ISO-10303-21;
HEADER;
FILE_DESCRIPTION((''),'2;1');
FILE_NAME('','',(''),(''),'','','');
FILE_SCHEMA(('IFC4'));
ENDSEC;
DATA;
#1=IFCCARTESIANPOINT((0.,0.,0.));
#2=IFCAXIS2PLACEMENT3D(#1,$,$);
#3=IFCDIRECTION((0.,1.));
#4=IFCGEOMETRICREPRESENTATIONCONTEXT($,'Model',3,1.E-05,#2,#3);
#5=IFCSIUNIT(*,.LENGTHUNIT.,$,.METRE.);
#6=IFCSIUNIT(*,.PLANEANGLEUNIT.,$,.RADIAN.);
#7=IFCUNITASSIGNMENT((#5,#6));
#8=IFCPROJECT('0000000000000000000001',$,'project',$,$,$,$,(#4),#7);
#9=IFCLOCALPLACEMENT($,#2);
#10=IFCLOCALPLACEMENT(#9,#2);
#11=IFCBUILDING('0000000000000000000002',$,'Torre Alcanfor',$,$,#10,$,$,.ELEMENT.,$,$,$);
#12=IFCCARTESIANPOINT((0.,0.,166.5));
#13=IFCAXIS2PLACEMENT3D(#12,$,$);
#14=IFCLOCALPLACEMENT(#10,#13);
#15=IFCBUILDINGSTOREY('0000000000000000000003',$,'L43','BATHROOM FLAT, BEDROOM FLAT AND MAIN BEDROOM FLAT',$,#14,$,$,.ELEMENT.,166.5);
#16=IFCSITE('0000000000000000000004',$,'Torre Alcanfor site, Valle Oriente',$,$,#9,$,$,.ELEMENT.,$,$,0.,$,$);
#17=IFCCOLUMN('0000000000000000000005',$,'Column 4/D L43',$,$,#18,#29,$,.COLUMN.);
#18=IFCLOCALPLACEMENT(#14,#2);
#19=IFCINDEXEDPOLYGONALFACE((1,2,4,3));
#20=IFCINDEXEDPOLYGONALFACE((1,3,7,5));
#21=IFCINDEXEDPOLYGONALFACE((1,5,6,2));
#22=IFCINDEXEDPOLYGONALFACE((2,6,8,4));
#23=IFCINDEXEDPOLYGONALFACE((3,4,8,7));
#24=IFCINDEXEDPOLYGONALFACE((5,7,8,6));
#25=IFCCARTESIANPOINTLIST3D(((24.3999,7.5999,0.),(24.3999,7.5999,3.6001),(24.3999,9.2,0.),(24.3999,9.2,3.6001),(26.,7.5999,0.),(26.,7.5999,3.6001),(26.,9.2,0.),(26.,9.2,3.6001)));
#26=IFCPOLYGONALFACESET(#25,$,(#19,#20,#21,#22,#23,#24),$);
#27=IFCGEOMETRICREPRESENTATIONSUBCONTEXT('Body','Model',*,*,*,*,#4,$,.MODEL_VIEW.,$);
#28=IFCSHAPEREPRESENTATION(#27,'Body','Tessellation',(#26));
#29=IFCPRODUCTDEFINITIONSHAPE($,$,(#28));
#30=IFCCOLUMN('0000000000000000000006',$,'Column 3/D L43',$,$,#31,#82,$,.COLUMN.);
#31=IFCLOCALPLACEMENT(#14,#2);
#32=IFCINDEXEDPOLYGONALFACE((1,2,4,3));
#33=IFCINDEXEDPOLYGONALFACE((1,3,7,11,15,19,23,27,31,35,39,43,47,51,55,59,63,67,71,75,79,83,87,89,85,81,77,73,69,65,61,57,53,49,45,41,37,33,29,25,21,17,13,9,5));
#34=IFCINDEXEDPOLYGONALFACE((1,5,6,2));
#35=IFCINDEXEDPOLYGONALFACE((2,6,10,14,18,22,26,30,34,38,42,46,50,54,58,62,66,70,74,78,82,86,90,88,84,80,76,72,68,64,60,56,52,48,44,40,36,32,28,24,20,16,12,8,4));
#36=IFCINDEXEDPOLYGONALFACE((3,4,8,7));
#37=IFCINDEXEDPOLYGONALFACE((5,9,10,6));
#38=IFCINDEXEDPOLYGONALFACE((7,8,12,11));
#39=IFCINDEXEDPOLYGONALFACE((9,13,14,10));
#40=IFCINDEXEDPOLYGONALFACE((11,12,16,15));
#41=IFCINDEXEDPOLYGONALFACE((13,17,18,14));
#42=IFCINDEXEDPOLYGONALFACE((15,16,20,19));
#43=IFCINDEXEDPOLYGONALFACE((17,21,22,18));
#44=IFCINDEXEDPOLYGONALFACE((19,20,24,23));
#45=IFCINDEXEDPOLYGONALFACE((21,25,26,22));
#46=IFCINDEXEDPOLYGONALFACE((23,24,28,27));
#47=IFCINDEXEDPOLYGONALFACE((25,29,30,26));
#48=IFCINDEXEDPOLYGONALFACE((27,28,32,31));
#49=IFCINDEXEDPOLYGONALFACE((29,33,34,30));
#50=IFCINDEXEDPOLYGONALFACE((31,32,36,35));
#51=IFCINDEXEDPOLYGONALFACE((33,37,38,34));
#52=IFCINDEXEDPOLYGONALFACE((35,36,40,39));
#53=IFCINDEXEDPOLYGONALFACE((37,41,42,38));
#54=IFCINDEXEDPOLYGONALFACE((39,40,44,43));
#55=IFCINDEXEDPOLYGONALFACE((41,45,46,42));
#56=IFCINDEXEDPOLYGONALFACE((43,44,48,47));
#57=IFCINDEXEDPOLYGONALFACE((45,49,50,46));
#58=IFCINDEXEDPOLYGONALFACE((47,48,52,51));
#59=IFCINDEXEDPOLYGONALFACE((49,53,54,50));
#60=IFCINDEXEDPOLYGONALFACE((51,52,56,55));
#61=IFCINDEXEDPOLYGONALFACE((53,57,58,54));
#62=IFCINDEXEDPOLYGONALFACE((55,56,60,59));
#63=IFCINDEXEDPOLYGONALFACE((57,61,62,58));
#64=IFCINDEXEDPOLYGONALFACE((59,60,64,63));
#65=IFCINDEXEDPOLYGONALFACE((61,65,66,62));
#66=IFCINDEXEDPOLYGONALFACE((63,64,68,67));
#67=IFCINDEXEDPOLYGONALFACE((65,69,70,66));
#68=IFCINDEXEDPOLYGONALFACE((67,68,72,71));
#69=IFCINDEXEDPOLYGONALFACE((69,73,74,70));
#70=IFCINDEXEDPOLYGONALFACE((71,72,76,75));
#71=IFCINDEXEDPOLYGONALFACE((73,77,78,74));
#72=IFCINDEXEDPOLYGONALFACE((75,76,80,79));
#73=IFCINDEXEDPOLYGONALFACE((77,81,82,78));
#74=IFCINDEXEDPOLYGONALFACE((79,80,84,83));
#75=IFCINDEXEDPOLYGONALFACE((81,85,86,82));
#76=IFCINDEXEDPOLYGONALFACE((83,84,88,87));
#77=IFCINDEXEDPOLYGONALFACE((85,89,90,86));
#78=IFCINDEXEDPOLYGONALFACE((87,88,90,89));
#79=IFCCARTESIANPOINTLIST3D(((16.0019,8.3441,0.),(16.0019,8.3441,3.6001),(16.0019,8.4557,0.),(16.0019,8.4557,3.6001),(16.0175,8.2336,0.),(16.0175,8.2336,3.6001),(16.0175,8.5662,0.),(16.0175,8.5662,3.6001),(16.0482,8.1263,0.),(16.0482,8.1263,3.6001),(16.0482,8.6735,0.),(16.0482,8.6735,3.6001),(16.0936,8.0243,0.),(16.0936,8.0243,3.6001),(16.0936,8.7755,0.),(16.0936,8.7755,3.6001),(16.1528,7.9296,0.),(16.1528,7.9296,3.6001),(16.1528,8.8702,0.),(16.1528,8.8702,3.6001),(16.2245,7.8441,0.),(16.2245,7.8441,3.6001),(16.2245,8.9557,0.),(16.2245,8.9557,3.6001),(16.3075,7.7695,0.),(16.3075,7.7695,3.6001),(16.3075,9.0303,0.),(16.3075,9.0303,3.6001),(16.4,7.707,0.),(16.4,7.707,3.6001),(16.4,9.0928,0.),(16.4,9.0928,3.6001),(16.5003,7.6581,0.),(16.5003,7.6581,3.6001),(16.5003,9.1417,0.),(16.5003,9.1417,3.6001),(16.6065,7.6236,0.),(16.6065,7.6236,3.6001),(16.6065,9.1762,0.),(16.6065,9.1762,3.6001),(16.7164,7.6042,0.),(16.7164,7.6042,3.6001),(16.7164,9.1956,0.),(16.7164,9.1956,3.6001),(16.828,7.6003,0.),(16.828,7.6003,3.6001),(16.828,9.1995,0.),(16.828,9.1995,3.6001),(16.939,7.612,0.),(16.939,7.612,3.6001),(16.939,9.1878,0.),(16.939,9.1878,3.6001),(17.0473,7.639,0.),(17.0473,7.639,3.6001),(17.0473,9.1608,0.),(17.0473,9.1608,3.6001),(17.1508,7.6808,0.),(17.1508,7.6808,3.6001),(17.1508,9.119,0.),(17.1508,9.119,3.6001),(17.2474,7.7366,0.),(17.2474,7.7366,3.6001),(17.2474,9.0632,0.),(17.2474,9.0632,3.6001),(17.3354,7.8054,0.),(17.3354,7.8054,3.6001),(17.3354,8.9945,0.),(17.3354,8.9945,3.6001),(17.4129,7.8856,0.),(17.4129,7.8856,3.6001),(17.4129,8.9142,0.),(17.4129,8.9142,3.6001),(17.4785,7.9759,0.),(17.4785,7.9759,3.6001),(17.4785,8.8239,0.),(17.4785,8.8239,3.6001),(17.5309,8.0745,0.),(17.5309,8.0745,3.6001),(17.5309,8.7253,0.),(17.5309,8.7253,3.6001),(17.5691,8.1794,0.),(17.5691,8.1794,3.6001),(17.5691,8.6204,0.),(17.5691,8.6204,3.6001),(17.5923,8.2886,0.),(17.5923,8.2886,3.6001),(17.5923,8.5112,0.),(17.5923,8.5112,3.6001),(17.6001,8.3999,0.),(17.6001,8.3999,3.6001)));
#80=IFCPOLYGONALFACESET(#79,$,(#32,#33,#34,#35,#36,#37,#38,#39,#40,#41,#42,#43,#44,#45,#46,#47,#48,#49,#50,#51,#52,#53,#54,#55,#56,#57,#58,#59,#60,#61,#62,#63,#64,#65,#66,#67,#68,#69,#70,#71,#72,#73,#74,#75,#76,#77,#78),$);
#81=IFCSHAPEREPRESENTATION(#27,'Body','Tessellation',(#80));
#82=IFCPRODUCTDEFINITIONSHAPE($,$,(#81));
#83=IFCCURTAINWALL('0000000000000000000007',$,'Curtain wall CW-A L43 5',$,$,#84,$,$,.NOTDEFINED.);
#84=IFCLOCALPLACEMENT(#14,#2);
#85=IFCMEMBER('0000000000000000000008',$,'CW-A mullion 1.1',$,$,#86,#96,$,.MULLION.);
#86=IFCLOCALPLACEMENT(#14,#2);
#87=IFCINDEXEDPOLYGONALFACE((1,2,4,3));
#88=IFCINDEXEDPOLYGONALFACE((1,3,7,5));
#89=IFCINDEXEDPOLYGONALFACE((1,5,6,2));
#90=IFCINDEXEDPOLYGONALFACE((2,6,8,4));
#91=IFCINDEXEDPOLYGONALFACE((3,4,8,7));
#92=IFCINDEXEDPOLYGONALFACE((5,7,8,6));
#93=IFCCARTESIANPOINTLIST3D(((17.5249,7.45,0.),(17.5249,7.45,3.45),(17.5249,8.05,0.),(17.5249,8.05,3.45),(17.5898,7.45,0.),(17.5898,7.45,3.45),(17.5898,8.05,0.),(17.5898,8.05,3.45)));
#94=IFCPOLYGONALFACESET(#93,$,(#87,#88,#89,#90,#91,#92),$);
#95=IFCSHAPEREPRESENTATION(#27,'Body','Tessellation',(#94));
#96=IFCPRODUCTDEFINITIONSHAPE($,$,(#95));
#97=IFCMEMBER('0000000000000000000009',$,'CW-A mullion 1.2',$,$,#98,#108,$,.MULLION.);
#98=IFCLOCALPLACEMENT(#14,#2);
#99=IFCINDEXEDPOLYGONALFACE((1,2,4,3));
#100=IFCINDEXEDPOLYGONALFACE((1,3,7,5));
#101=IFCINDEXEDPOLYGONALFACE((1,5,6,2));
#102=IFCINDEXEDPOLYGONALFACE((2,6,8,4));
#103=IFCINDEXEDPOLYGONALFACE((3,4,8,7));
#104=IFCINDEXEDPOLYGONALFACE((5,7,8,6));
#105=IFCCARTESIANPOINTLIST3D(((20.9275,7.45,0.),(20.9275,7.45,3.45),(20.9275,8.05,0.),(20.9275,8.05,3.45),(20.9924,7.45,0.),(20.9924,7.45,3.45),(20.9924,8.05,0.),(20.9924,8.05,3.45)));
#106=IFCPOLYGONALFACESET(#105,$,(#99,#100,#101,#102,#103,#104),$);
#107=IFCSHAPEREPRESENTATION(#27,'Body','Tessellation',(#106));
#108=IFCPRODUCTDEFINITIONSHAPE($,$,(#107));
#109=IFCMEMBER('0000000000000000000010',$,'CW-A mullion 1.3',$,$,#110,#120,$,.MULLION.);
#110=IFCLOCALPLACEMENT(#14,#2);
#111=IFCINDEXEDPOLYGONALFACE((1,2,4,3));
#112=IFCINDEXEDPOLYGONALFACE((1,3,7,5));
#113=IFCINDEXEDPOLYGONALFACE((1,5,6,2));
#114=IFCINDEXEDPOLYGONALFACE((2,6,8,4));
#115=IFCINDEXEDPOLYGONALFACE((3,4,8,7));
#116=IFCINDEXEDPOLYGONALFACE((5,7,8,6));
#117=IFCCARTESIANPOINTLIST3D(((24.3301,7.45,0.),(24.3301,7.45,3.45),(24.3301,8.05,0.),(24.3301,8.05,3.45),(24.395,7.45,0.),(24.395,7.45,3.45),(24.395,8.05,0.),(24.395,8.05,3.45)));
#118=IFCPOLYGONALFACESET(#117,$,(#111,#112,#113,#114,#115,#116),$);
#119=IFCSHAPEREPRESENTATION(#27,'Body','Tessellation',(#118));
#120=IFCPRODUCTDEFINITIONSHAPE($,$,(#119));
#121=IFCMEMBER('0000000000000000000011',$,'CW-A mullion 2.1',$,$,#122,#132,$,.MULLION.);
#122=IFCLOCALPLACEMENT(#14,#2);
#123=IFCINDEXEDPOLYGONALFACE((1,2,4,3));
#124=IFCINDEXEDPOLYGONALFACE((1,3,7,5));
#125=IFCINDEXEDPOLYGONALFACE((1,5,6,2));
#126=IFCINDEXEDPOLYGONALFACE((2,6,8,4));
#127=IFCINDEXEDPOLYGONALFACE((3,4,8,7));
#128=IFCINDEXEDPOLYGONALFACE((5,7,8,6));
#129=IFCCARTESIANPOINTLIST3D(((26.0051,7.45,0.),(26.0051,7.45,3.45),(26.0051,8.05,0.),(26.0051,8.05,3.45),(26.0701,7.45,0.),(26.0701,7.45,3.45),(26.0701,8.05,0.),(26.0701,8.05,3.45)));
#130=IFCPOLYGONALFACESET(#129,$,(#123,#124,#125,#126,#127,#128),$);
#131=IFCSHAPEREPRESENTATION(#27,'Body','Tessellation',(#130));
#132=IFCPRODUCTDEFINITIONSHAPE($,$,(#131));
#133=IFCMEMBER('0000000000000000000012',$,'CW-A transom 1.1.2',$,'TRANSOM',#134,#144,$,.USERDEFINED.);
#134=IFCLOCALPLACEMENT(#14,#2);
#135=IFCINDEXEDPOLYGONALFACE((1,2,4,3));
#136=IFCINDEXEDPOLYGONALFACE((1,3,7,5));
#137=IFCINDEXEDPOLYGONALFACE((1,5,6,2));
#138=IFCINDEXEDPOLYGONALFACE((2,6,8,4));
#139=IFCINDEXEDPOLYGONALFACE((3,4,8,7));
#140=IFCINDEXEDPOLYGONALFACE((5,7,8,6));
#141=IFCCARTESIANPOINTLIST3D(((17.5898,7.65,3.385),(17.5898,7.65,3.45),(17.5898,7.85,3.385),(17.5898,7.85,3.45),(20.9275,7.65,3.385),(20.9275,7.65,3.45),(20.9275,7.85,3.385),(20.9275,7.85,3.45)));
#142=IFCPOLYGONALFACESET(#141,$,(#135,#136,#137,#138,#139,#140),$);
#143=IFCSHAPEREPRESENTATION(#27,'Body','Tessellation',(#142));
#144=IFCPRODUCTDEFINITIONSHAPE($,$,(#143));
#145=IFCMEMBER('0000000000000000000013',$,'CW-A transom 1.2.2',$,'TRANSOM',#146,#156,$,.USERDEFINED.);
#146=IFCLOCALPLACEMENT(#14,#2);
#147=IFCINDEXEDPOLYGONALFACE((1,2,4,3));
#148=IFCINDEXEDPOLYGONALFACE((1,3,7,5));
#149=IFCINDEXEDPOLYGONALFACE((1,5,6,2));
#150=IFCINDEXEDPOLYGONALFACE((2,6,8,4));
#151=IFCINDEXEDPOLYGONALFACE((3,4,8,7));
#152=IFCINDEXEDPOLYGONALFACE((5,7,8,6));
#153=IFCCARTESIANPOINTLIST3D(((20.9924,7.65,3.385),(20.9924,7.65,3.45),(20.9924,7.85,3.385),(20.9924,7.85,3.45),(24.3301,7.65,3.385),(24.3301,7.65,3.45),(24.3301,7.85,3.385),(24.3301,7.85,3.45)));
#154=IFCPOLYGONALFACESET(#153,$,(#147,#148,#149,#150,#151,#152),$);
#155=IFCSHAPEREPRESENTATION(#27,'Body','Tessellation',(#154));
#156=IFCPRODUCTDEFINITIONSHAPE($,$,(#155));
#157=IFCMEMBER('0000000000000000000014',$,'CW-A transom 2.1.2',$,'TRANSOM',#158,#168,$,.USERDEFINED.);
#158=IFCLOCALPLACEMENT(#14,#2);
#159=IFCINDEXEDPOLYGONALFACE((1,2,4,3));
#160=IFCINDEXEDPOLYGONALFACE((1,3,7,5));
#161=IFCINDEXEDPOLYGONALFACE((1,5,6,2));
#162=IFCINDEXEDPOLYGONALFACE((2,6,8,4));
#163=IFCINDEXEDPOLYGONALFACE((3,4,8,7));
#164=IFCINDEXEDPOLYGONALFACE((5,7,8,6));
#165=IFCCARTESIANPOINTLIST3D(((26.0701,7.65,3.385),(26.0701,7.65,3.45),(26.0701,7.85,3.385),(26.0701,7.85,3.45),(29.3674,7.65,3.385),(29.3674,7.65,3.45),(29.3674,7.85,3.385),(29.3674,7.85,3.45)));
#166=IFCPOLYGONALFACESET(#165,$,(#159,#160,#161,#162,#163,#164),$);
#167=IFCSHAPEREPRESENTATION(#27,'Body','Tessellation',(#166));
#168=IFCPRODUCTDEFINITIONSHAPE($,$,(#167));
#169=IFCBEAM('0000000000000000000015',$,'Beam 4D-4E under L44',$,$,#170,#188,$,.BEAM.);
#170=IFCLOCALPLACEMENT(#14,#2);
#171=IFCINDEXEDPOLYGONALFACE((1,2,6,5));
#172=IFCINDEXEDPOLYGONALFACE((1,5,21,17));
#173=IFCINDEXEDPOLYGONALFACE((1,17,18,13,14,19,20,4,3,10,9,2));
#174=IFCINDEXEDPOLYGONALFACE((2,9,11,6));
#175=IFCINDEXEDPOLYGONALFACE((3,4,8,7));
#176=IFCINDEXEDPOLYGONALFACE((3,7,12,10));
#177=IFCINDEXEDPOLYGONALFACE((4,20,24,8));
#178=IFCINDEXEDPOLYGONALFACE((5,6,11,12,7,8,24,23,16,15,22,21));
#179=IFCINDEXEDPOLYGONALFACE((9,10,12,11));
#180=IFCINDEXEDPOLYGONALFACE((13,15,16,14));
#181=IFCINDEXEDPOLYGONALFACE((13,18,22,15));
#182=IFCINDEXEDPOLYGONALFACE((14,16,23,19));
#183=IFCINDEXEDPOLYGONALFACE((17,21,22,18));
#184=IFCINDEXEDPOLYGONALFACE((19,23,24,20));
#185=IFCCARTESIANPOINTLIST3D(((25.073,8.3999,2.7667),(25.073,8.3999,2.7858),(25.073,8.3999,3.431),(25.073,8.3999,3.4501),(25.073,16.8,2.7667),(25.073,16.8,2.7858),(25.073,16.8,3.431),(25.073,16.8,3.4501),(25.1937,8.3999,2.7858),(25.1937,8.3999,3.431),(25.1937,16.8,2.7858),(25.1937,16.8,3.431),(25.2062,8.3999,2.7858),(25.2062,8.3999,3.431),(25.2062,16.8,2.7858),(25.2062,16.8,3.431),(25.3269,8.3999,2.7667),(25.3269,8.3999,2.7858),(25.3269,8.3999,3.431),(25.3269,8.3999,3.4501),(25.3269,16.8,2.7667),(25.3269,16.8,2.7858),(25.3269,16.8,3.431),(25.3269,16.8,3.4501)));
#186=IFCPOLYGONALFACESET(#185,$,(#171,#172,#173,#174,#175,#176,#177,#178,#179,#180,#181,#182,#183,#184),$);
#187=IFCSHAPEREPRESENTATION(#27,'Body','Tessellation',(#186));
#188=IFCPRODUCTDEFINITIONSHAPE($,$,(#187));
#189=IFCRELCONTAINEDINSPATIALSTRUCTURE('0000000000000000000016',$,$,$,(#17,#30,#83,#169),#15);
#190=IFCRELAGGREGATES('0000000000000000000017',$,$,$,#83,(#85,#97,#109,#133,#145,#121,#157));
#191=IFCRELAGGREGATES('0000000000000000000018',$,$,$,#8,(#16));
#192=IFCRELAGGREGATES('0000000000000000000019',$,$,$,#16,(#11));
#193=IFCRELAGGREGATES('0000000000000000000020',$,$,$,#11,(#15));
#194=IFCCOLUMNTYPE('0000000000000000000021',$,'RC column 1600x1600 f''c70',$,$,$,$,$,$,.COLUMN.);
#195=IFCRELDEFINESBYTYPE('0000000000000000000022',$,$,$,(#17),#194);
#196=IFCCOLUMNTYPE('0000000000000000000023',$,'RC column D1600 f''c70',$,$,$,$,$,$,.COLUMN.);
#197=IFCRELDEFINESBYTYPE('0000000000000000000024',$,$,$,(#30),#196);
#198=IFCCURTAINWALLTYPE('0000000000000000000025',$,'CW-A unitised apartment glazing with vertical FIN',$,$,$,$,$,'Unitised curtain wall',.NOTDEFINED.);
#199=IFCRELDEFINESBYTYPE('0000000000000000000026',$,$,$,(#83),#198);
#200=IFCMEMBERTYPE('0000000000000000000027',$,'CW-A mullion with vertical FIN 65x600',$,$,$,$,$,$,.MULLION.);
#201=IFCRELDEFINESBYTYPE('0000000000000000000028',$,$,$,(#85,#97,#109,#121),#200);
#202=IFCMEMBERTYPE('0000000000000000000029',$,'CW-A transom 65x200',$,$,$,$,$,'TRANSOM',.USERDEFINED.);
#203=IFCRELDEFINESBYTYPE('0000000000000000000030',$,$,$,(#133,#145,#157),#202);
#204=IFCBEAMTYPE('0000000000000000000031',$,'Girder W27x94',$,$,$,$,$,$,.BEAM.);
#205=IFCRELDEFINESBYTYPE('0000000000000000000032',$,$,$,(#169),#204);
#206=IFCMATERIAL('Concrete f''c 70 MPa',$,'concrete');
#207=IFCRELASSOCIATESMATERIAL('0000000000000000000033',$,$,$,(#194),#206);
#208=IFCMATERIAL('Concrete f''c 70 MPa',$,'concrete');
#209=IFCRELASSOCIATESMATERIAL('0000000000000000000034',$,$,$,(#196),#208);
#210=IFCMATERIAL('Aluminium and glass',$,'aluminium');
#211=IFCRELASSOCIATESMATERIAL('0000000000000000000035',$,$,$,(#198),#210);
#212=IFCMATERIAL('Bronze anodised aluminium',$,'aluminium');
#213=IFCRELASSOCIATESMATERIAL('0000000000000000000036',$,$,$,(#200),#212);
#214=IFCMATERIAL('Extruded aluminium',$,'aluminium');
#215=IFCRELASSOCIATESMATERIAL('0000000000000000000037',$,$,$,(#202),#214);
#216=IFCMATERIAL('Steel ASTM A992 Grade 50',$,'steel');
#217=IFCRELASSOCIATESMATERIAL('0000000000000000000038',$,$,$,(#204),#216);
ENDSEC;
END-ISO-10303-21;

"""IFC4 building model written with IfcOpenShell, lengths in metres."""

from ifc_helpers import new_model, si_unit, direction, frame, origin, origin_2d, place, context, subcontext, project, spatial, rectangle, circle, i_section, extrude, material, material_profile, profile_set, type_object, element, aggregate, save


model = new_model("IFC4")

# Units and contexts
model_context = context("Model", 3, precision=1e-05, world=origin(), true_north=direction((0.0, 1.0)))
body_context = subcontext(model_context, "Body", "Model", "MODEL_VIEW")
ifc_project = project(units=[si_unit("LENGTHUNIT", "METRE"), si_unit("PLANEANGLEUNIT", "RADIAN")], contexts=[model_context])

# Site, building, storey
site_placement = place(None, origin())
site = spatial("IfcSite", under=ifc_project, at=site_placement, Name="Torre Alcanfor site, Valle Oriente", CompositionType="ELEMENT", RefElevation=0.0)
building_placement = place(site_placement, origin())
building = spatial("IfcBuilding", under=site, at=building_placement, Name="Torre Alcanfor", CompositionType="ELEMENT")
storey_placement = place(building_placement, frame((0.0, 0.0, 166.5)))
storey = spatial("IfcBuildingStorey", under=building, at=storey_placement, Name="L43", Description="BATHROOM FLAT, BEDROOM FLAT AND MAIN BEDROOM FLAT", CompositionType="ELEMENT", Elevation=166.5)

# Columns
ifc_material_1 = material(Name="Concrete f'c 70 MPa", Category="concrete")
ifc_material_profile_1 = material_profile(ifc_material_1, rectangle(XDim=1.6001, YDim=1.6001, at=origin_2d()), Name="1600x1600")
ifc_profile_set_1 = profile_set([ifc_material_profile_1], Name="Concrete f'c 70 MPa")
column_type_1 = type_object("IfcColumnType", Name="RC column 1600x1600 f'c70", PredefinedType="COLUMN", material=ifc_profile_set_1)
column_1_placement = place(storey_placement, frame((25.2, 8.3999, 0.0), z_axis=(0.0, 0.0, 1.0), x_axis=(1.0, 0.0, 0.0)))
element("IfcColumn", 1, at=column_1_placement, inside=storey, type_object=column_type_1, Name="Column 4/D L43", PredefinedType="COLUMN", context=body_context, shape_type="SweptSolid", body=[
    extrude(rectangle(XDim=1.6001, YDim=1.6001, at=origin_2d()), origin(), (0.0, 0.0, 1.0), 3.6001),
])
ifc_material_2 = material(Name="Concrete f'c 70 MPa", Category="concrete")
ifc_material_profile_2 = material_profile(ifc_material_2, circle(Radius=0.8, at=origin_2d()), Name="D1600")
ifc_profile_set_2 = profile_set([ifc_material_profile_2], Name="Concrete f'c 70 MPa")
column_type_2 = type_object("IfcColumnType", Name="RC column D1600 f'c70", PredefinedType="COLUMN", material=ifc_profile_set_2)
column_2_placement = place(storey_placement, frame((16.8, 8.3999, 0.0), z_axis=(0.0, 0.0, 1.0), x_axis=(1.0, 0.0, 0.0)))
element("IfcColumn", 2, at=column_2_placement, inside=storey, type_object=column_type_2, Name="Column 3/D L43", PredefinedType="COLUMN", context=body_context, shape_type="SweptSolid", body=[
    extrude(circle(Radius=0.8, at=origin_2d()), origin(), (0.0, 0.0, 1.0), 3.6001),
])

# Curtain wall, members
ifc_material_3 = material(Name="Aluminium and glass", Category="aluminium")
curtain_wall_type = type_object("IfcCurtainWallType", Name="CW-A unitised apartment glazing with vertical FIN", ElementType="Unitised curtain wall", PredefinedType="NOTDEFINED", material=ifc_material_3)
curtain_wall_placement = place(storey_placement, origin())
curtain_wall = element("IfcCurtainWall", 3, at=curtain_wall_placement, inside=storey, type_object=curtain_wall_type, Name="Curtain wall CW-A L43 5", PredefinedType="NOTDEFINED")
ifc_material_4 = material(Name="Bronze anodised aluminium", Category="aluminium")
ifc_material_profile_3 = material_profile(ifc_material_4, rectangle(XDim=0.6001, YDim=0.0649, at=origin_2d()), Name="CW-A mullion 65x600")
ifc_profile_set_3 = profile_set([ifc_material_profile_3], Name="Bronze anodised aluminium")
member_type_1 = type_object("IfcMemberType", Name="CW-A mullion with vertical FIN 65x600", PredefinedType="MULLION", material=ifc_profile_set_3)
member_1_placement = place(storey_placement, frame((17.5574, 7.75, 0.0), z_axis=(0.0, 0.0, 1.0), x_axis=(0.0, 1.0, 0.0)))
member_1 = element("IfcMember", 4, at=member_1_placement, type_object=member_type_1, Name="CW-A mullion 1.1", PredefinedType="MULLION", context=body_context, shape_type="SweptSolid", body=[
    extrude(rectangle(XDim=0.6001, YDim=0.0649, at=origin_2d()), origin(), (0.0, 0.0, 1.0), 3.45),
])
member_2_placement = place(storey_placement, frame((20.96, 7.75, 0.0), z_axis=(0.0, 0.0, 1.0), x_axis=(0.0, 1.0, 0.0)))
member_2 = element("IfcMember", 5, at=member_2_placement, type_object=member_type_1, Name="CW-A mullion 1.2", PredefinedType="MULLION", context=body_context, shape_type="SweptSolid", body=[
    extrude(rectangle(XDim=0.6001, YDim=0.0649, at=origin_2d()), origin(), (0.0, 0.0, 1.0), 3.45),
])
member_3_placement = place(storey_placement, frame((24.3625, 7.75, 0.0), z_axis=(0.0, 0.0, 1.0), x_axis=(0.0, 1.0, 0.0)))
member_3 = element("IfcMember", 6, at=member_3_placement, type_object=member_type_1, Name="CW-A mullion 1.3", PredefinedType="MULLION", context=body_context, shape_type="SweptSolid", body=[
    extrude(rectangle(XDim=0.6001, YDim=0.0649, at=origin_2d()), origin(), (0.0, 0.0, 1.0), 3.45),
])
member_4_placement = place(storey_placement, frame((26.0376, 7.75, 0.0), z_axis=(0.0, 0.0, 1.0), x_axis=(0.0, 1.0, 0.0)))
member_4 = element("IfcMember", 7, at=member_4_placement, type_object=member_type_1, Name="CW-A mullion 2.1", PredefinedType="MULLION", context=body_context, shape_type="SweptSolid", body=[
    extrude(rectangle(XDim=0.6001, YDim=0.0649, at=origin_2d()), origin(), (0.0, 0.0, 1.0), 3.45),
])
ifc_material_5 = material(Name="Extruded aluminium", Category="aluminium")
ifc_material_profile_4 = material_profile(ifc_material_5, rectangle(XDim=0.2, YDim=0.0649, at=origin_2d()), Name="CW-A transom 200x65")
ifc_profile_set_4 = profile_set([ifc_material_profile_4], Name="Extruded aluminium")
member_type_2 = type_object("IfcMemberType", Name="CW-A transom 65x200", ElementType="TRANSOM", PredefinedType="USERDEFINED", material=ifc_profile_set_4)
member_5_placement = place(storey_placement, frame((17.5898, 7.75, 3.4175), z_axis=(1.0, 0.0, 0.0), x_axis=(0.0, 1.0, 0.0)))
member_5 = element("IfcMember", 8, at=member_5_placement, type_object=member_type_2, Name="CW-A transom 1.1.2", ObjectType="TRANSOM", PredefinedType="USERDEFINED", context=body_context, shape_type="SweptSolid", body=[
    extrude(rectangle(XDim=0.2, YDim=0.0649, at=origin_2d()), origin(), (0.0, 0.0, 1.0), 3.3376),
])
member_6_placement = place(storey_placement, frame((20.9924, 7.75, 3.4175), z_axis=(1.0, 0.0, 0.0), x_axis=(0.0, 1.0, 0.0)))
member_6 = element("IfcMember", 9, at=member_6_placement, type_object=member_type_2, Name="CW-A transom 1.2.2", ObjectType="TRANSOM", PredefinedType="USERDEFINED", context=body_context, shape_type="SweptSolid", body=[
    extrude(rectangle(XDim=0.2, YDim=0.0649, at=origin_2d()), origin(), (0.0, 0.0, 1.0), 3.3376),
])
member_7_placement = place(storey_placement, frame((26.0701, 7.75, 3.4175), z_axis=(1.0, 0.0, 0.0), x_axis=(0.0, 1.0, 0.0)))
member_7 = element("IfcMember", 10, at=member_7_placement, type_object=member_type_2, Name="CW-A transom 2.1.2", ObjectType="TRANSOM", PredefinedType="USERDEFINED", context=body_context, shape_type="SweptSolid", body=[
    extrude(rectangle(XDim=0.2, YDim=0.0649, at=origin_2d()), origin(), (0.0, 0.0, 1.0), 3.2974),
])

# Beam
ifc_material_6 = material(Name="Steel ASTM A992 Grade 50", Category="steel")
ifc_material_profile_5 = material_profile(ifc_material_6, i_section(OverallWidth=0.2539, OverallDepth=0.6833, WebThickness=0.0125, FlangeThickness=0.019, at=origin_2d()), Name="W27x94")
ifc_profile_set_5 = profile_set([ifc_material_profile_5], Name="Steel ASTM A992 Grade 50")
beam_type_1 = type_object("IfcBeamType", Name="Girder W27x94", PredefinedType="BEAM", material=ifc_profile_set_5)
beam_1_placement = place(storey_placement, frame((25.2, 8.3999, 3.1084), z_axis=(0.0, 1.0, 0.0), x_axis=(-1.0, 0.0, 0.0)))
element("IfcBeam", 11, at=beam_1_placement, inside=storey, type_object=beam_type_1, Name="Beam 4D-4E under L44", PredefinedType="BEAM", context=body_context, shape_type="SweptSolid", body=[
    extrude(i_section(OverallWidth=0.2539, OverallDepth=0.6833, WebThickness=0.0125, FlangeThickness=0.019, at=origin_2d()), origin(), (0.0, 0.0, 1.0), 8.4001),
])

aggregate(curtain_wall, [member_1, member_2, member_3, member_5, member_6, member_4, member_7])

save(model, "model.ifc")
